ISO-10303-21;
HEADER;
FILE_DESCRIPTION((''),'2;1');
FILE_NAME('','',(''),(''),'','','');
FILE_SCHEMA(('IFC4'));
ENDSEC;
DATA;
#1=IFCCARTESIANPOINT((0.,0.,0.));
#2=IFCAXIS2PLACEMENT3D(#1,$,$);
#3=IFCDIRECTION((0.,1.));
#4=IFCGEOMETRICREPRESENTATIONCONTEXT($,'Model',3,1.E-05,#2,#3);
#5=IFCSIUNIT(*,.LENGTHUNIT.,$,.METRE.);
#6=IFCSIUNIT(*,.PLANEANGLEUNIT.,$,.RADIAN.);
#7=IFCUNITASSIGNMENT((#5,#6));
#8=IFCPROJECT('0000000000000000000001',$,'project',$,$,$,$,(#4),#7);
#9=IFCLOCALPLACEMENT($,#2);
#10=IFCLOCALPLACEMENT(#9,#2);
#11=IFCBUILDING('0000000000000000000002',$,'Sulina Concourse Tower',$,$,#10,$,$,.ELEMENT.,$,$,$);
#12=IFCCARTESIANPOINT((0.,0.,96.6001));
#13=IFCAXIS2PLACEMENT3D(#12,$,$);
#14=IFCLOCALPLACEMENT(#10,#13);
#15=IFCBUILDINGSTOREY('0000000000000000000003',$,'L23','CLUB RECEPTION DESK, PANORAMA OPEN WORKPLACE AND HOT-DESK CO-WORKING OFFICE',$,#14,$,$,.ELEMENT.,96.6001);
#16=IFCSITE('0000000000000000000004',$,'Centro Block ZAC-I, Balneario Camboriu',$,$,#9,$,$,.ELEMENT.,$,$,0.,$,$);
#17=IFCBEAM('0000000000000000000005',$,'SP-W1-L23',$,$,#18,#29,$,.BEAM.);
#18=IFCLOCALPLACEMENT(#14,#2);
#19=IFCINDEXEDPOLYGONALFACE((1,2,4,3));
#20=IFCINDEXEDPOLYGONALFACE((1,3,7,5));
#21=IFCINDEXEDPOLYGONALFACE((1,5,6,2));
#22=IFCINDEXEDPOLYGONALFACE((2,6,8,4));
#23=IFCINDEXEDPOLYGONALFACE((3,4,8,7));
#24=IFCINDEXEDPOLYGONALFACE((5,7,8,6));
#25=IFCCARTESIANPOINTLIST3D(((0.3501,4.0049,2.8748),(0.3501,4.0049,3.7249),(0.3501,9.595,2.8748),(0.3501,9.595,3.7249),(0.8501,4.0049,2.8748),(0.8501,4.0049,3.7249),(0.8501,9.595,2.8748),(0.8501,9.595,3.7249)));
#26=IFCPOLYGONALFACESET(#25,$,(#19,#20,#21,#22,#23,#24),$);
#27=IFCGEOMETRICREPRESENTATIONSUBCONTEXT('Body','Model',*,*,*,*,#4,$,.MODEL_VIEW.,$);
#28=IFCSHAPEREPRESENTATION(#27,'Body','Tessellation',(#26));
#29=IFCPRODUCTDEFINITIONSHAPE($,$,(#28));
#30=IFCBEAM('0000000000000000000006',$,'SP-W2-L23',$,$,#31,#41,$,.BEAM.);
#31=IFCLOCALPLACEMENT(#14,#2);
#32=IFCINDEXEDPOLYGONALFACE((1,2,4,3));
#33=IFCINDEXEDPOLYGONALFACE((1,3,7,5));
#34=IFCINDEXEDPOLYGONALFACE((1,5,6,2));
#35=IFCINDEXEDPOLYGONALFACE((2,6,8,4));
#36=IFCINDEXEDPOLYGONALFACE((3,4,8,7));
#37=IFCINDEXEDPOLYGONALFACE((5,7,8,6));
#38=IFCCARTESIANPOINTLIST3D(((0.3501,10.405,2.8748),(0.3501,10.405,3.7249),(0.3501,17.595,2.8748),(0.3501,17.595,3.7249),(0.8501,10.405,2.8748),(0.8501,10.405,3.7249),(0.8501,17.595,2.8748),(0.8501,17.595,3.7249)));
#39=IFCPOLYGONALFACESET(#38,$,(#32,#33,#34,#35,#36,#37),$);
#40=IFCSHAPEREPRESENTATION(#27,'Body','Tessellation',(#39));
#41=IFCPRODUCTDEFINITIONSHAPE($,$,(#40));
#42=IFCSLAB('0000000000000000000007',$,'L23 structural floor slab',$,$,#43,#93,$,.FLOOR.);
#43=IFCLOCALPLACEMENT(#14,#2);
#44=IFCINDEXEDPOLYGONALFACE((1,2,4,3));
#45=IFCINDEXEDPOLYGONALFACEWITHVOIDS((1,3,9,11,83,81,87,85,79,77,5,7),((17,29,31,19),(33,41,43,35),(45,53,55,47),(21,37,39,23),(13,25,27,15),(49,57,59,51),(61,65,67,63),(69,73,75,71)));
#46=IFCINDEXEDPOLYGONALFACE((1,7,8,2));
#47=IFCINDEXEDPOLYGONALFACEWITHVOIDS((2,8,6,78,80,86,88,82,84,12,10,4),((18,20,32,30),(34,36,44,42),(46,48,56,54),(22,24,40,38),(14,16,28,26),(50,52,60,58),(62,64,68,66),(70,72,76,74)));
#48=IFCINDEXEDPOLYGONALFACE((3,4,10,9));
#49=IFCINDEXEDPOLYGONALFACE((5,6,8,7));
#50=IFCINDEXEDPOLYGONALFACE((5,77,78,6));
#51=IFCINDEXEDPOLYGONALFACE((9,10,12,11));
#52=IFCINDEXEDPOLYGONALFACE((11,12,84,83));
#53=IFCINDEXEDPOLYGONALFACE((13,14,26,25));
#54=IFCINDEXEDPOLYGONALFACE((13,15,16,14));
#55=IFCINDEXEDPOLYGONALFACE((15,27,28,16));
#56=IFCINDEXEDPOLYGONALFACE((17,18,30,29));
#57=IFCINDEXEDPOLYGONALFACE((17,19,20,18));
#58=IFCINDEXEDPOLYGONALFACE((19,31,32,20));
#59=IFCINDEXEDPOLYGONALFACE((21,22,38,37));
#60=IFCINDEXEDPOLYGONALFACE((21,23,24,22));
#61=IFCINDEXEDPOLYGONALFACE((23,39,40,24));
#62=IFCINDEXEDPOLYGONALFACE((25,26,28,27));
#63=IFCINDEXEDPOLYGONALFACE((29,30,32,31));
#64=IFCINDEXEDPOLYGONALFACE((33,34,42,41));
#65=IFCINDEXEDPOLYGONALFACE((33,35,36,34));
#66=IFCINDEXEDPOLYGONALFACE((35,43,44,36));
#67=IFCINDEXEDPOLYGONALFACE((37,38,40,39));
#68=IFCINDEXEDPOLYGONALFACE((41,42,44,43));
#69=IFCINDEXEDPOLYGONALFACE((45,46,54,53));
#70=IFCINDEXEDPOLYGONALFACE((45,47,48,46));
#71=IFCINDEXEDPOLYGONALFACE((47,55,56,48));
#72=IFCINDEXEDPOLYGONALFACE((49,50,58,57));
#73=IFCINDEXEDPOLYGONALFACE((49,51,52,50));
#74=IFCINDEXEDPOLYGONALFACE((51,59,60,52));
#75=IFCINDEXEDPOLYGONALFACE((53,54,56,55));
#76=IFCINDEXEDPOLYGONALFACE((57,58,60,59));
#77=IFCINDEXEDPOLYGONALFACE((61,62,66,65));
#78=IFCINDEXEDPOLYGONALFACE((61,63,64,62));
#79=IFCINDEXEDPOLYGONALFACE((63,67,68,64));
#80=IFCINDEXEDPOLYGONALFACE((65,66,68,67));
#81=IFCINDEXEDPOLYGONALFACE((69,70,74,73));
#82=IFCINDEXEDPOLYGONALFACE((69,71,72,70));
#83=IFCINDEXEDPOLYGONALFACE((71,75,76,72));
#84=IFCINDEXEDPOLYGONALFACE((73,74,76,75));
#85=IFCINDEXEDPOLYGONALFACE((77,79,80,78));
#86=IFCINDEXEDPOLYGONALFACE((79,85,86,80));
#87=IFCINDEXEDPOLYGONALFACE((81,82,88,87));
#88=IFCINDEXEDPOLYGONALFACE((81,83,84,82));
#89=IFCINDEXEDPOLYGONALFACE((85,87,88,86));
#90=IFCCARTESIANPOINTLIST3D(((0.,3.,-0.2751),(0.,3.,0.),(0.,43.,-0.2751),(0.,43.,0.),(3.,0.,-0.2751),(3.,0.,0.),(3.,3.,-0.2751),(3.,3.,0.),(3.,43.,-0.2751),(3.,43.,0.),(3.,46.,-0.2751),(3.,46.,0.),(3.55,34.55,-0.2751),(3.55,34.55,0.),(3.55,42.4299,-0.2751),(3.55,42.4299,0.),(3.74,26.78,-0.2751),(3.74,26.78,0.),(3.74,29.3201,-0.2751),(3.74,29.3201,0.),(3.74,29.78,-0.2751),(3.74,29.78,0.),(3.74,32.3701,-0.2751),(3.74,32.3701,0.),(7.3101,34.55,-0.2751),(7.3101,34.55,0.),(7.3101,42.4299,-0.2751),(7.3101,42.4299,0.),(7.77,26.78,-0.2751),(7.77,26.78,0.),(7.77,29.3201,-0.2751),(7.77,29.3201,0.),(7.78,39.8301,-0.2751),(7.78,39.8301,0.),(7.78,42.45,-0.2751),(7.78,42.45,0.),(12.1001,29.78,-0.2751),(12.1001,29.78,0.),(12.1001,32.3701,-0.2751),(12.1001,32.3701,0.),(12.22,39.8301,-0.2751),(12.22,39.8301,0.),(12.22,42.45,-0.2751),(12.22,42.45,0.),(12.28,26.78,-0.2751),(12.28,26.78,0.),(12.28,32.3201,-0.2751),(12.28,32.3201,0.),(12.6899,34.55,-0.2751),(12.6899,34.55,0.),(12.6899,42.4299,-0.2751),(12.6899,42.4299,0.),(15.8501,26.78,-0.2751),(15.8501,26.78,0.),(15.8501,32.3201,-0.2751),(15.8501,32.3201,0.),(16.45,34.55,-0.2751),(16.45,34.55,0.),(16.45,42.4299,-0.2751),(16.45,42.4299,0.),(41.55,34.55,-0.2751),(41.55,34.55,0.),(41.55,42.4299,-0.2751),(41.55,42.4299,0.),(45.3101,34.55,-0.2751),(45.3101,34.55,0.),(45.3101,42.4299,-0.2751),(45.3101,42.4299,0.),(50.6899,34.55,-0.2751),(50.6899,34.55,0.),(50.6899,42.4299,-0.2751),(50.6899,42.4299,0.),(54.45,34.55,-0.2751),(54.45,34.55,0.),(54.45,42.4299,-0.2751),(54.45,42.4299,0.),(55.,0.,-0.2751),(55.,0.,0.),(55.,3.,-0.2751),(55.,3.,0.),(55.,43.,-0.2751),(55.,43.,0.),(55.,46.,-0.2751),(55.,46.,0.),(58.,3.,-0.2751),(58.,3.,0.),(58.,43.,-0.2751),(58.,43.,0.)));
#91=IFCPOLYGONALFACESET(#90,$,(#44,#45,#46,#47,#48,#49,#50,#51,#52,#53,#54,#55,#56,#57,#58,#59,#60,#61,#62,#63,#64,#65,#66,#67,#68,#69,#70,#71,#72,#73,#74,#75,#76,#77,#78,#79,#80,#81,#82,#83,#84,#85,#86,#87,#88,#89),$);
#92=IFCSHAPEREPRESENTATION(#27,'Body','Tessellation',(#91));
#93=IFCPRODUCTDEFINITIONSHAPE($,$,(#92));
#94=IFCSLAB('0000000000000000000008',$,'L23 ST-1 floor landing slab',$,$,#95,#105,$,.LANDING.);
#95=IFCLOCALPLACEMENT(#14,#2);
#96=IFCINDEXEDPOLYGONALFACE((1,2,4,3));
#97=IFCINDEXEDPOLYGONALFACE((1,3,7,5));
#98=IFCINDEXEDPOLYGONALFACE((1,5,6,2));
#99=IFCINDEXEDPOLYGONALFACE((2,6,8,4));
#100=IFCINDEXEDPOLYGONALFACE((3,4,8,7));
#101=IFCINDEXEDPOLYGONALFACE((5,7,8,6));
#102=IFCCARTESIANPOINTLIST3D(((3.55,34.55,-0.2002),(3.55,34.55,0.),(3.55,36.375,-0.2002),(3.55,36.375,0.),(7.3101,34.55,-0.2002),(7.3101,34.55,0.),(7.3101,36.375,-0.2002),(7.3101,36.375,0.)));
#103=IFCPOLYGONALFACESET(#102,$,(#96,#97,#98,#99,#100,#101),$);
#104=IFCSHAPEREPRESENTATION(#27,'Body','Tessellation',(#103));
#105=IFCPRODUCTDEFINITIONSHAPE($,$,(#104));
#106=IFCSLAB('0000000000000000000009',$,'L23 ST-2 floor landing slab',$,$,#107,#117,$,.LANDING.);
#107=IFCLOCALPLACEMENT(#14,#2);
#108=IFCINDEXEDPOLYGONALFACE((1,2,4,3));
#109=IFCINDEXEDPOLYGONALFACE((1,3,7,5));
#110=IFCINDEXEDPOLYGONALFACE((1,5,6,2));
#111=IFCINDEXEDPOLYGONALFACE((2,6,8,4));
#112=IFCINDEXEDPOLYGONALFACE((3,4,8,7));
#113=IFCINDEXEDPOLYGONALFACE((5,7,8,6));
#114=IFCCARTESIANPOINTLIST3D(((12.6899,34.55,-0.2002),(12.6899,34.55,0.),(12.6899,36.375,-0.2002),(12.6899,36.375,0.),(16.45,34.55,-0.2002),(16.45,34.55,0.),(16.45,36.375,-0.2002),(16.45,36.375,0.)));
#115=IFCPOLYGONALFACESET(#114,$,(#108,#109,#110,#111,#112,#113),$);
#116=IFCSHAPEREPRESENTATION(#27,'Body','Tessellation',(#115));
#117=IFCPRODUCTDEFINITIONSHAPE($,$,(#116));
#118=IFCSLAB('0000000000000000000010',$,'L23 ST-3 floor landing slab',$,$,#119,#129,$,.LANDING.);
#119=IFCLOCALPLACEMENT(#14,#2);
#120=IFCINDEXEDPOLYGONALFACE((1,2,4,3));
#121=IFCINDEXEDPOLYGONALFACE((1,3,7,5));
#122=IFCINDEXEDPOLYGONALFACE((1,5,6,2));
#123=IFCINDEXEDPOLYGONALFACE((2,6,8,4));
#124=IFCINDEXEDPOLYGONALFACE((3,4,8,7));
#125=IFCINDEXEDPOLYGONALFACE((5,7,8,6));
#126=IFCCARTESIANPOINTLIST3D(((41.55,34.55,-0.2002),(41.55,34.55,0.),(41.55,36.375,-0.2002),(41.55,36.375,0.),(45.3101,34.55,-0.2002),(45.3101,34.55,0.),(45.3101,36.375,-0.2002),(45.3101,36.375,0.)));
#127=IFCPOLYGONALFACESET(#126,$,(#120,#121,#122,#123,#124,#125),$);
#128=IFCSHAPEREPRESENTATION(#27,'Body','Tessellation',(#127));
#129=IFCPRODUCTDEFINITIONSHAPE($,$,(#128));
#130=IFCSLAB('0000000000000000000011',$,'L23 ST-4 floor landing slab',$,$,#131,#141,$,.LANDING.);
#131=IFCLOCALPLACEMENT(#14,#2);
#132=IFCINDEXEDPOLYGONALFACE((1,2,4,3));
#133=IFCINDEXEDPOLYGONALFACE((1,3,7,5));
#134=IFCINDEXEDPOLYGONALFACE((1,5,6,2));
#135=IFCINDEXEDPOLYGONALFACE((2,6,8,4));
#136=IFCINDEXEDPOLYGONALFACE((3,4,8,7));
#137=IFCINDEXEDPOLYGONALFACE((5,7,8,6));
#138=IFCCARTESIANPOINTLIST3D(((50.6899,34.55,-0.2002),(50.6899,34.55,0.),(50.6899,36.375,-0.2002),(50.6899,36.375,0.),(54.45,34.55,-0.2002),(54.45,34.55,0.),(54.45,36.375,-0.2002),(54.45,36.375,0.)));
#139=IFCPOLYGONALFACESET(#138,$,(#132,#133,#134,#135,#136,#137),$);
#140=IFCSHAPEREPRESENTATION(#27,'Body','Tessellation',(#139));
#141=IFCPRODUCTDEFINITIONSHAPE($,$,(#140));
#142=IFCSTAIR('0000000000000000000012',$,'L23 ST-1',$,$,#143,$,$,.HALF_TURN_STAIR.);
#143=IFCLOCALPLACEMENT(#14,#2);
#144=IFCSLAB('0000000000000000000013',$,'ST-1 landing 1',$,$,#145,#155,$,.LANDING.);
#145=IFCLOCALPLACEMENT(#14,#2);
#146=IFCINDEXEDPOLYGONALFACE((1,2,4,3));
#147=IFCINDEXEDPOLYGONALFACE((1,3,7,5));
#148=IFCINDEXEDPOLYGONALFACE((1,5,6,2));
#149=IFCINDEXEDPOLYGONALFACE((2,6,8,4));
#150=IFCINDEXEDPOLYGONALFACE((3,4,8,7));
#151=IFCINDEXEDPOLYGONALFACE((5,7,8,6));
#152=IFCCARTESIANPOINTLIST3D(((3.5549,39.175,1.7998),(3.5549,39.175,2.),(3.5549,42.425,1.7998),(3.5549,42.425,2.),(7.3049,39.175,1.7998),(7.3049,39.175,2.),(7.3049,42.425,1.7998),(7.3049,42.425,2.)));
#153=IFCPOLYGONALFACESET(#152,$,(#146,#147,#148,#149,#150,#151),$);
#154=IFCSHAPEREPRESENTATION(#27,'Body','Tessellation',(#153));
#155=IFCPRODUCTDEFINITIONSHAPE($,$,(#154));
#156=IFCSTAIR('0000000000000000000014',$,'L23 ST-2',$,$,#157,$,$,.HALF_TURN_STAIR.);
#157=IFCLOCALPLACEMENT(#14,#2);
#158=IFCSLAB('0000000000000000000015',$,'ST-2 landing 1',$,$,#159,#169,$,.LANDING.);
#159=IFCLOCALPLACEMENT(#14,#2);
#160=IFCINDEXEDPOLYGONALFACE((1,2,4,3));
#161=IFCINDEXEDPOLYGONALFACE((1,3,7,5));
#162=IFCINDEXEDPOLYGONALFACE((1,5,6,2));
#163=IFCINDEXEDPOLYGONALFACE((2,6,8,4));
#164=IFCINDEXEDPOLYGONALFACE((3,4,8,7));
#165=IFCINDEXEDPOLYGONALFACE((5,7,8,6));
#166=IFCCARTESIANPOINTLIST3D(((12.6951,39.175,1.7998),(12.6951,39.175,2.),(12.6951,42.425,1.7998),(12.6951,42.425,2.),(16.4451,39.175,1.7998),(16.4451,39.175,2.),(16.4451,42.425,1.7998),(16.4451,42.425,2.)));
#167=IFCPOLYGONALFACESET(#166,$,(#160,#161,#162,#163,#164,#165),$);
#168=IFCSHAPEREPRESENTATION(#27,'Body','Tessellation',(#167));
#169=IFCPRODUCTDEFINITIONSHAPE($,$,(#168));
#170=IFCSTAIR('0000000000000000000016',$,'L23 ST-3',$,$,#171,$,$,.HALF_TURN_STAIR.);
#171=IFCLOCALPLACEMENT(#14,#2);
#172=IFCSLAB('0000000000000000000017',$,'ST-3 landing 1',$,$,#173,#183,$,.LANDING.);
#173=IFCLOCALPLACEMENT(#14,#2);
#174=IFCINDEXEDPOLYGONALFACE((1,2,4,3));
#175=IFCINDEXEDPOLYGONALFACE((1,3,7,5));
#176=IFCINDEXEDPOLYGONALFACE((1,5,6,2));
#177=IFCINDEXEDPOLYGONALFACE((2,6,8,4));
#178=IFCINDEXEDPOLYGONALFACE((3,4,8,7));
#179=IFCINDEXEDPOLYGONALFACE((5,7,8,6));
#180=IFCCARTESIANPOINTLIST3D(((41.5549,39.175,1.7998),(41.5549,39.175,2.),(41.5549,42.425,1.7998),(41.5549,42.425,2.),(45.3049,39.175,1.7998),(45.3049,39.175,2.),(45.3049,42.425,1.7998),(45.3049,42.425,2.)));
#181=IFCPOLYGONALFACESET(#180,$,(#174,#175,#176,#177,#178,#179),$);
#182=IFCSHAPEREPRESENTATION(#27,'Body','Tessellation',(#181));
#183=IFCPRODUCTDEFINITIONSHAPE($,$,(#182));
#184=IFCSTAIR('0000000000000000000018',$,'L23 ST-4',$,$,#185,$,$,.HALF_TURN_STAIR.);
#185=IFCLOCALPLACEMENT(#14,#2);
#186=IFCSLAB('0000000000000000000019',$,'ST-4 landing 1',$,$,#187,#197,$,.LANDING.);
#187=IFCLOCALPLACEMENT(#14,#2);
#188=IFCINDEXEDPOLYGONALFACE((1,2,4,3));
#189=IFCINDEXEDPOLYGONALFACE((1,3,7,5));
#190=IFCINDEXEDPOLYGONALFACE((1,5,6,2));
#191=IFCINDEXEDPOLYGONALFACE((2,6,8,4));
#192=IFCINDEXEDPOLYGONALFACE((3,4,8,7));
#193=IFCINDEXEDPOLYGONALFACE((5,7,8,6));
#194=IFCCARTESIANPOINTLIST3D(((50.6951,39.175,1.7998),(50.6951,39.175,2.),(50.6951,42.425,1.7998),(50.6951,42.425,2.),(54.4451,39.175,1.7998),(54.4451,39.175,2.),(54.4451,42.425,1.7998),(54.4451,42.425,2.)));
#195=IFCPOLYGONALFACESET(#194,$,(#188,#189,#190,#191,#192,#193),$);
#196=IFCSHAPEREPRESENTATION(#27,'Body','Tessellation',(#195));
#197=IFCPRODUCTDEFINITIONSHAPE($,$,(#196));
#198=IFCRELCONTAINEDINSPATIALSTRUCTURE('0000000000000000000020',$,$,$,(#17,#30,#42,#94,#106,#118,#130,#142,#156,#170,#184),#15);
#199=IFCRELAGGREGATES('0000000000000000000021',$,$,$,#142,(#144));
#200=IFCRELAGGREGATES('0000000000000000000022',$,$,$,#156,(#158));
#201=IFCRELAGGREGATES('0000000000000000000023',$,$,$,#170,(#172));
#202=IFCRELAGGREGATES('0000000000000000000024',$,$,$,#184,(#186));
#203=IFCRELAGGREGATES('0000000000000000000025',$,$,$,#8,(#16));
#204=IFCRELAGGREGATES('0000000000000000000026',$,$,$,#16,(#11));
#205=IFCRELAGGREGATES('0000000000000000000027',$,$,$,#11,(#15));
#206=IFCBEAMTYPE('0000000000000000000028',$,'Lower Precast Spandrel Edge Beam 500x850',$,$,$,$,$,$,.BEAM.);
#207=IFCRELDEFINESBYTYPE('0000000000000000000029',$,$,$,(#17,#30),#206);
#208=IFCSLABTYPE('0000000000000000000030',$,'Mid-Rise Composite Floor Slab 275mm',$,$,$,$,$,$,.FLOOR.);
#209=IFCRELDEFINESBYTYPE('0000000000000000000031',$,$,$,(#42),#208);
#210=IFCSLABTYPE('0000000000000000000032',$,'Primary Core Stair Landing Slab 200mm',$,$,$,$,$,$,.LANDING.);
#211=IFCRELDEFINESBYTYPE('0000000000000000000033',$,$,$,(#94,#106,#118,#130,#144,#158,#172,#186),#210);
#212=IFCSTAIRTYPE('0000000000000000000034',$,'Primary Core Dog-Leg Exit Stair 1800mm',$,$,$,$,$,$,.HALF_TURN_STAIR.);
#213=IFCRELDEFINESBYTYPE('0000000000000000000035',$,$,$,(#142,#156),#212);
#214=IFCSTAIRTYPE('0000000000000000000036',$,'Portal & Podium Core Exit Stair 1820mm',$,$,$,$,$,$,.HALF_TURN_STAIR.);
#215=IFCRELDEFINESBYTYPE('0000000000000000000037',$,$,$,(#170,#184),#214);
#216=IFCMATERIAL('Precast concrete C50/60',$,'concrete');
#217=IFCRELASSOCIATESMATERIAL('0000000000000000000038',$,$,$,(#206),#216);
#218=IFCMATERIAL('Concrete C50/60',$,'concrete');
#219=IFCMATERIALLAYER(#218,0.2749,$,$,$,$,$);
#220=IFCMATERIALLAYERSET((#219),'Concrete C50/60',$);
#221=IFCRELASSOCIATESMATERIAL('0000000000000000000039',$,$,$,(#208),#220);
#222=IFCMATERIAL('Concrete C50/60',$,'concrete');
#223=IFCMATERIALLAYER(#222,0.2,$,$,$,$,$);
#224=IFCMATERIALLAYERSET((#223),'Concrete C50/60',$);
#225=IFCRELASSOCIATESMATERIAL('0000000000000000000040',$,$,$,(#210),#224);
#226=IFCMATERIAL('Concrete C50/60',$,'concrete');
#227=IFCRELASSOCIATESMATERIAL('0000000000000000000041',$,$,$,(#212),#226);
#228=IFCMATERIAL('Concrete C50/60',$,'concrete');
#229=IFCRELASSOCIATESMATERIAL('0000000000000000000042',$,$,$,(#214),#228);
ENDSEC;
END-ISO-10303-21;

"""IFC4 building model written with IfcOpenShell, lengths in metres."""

from ifc_helpers import new_model, si_unit, direction, frame, origin, origin_2d, place, context, subcontext, project, spatial, polyline, rectangle, outline, extrude, material, layer, layer_set, material_profile, profile_set, type_object, element, aggregate, save


model = new_model("IFC4")

# Units and contexts
model_context = context("Model", 3, precision=1e-05, world=origin(), true_north=direction((0.0, 1.0)))
body_context = subcontext(model_context, "Body", "Model", "MODEL_VIEW")
ifc_project = project(units=[si_unit("LENGTHUNIT", "METRE"), si_unit("PLANEANGLEUNIT", "RADIAN")], contexts=[model_context])

# Site, building, storey
site_placement = place(None, origin())
site = spatial("IfcSite", under=ifc_project, at=site_placement, Name="Centro Block ZAC-I, Balneario Camboriu", CompositionType="ELEMENT", RefElevation=0.0)
building_placement = place(site_placement, origin())
building = spatial("IfcBuilding", under=site, at=building_placement, Name="Sulina Concourse Tower", CompositionType="ELEMENT")
storey_placement = place(building_placement, frame((0.0, 0.0, 96.6001)))
storey = spatial("IfcBuildingStorey", under=building, at=storey_placement, Name="L23", Description="CLUB RECEPTION DESK, PANORAMA OPEN WORKPLACE AND HOT-DESK CO-WORKING OFFICE", CompositionType="ELEMENT", Elevation=96.6001)

# Beams
ifc_material_1 = material(Name="Precast concrete C50/60", Category="concrete")
ifc_material_profile_1 = material_profile(ifc_material_1, rectangle(XDim=0.5, YDim=0.8501, at=origin_2d()), Name="RC 500x850")
ifc_profile_set_1 = profile_set([ifc_material_profile_1], Name="Precast concrete C50/60")
beam_type_1 = type_object("IfcBeamType", Name="Lower Precast Spandrel Edge Beam 500x850", PredefinedType="BEAM", material=ifc_profile_set_1)
beam_1_placement = place(storey_placement, frame((0.6001, 4.0049, 3.2998), z_axis=(0.0, 1.0, 0.0), x_axis=(-1.0, 0.0, 0.0)))
element("IfcBeam", 1, at=beam_1_placement, inside=storey, type_object=beam_type_1, Name="SP-W1-L23", PredefinedType="BEAM", context=body_context, shape_type="SweptSolid", body=[
    extrude(rectangle(XDim=0.5, YDim=0.8501, at=origin_2d()), origin(), (0.0, 0.0, 1.0), 5.5901),
])
beam_2_placement = place(storey_placement, frame((0.6001, 10.405, 3.2998), z_axis=(0.0, 1.0, 0.0), x_axis=(-1.0, 0.0, 0.0)))
element("IfcBeam", 2, at=beam_2_placement, inside=storey, type_object=beam_type_1, Name="SP-W2-L23", PredefinedType="BEAM", context=body_context, shape_type="SweptSolid", body=[
    extrude(rectangle(XDim=0.5, YDim=0.8501, at=origin_2d()), origin(), (0.0, 0.0, 1.0), 7.1899),
])

# Slabs
ifc_material_2 = material(Name="Concrete C50/60", Category="concrete")
ifc_layer_1 = layer(ifc_material_2, 0.2749)
ifc_layer_set_1 = layer_set([ifc_layer_1], Name="Concrete C50/60")
slab_type_1 = type_object("IfcSlabType", Name="Mid-Rise Composite Floor Slab 275mm", PredefinedType="FLOOR", material=ifc_layer_set_1)
slab_1_placement = place(storey_placement, frame((0.0, 0.0, -0.2751)))
element("IfcSlab", 3, at=slab_1_placement, inside=storey, type_object=slab_type_1, Name="L23 structural floor slab", PredefinedType="FLOOR", context=body_context, shape_type="SweptSolid", body=[
    extrude(outline(polyline([(3.0, 0.0), (55.0, 0.0), (55.0, 3.0), (58.0, 3.0), (58.0, 43.0), (55.0, 43.0), (55.0, 46.0), (3.0, 46.0), (3.0, 43.0), (0.0, 43.0), (0.0, 3.0), (3.0, 3.0), (3.0, 0.0)]), holes=[polyline([(7.3101, 34.55), (7.3101, 42.4299), (3.55, 42.4299), (3.55, 34.55), (7.3101, 34.55)]), polyline([(16.45, 34.55), (16.45, 42.4299), (12.6899, 42.4299), (12.6899, 34.55), (16.45, 34.55)]), polyline([(45.3101, 34.55), (45.3101, 42.4299), (41.55, 42.4299), (41.55, 34.55), (45.3101, 34.55)]), polyline([(54.45, 34.55), (54.45, 42.4299), (50.6899, 42.4299), (50.6899, 34.55), (54.45, 34.55)]), polyline([(7.78, 39.8301), (12.22, 39.8301), (12.22, 42.45), (7.78, 42.45), (7.78, 39.8301)]), polyline([(3.74, 26.78), (7.77, 26.78), (7.77, 29.3201), (3.74, 29.3201), (3.74, 26.78)]), polyline([(3.74, 29.78), (12.1001, 29.78), (12.1001, 32.3701), (3.74, 32.3701), (3.74, 29.78)]), polyline([(12.28, 26.78), (15.8501, 26.78), (15.8501, 32.3201), (12.28, 32.3201), (12.28, 26.78)])]), origin(), (0.0, 0.0, 1.0), 0.2751),
])
ifc_material_3 = material(Name="Concrete C50/60", Category="concrete")
ifc_layer_2 = layer(ifc_material_3, 0.2)
ifc_layer_set_2 = layer_set([ifc_layer_2], Name="Concrete C50/60")
slab_type_2 = type_object("IfcSlabType", Name="Primary Core Stair Landing Slab 200mm", PredefinedType="LANDING", material=ifc_layer_set_2)
slab_2_placement = place(storey_placement, frame((0.0, 0.0, -0.2002)))
element("IfcSlab", 4, at=slab_2_placement, inside=storey, type_object=slab_type_2, Name="L23 ST-1 floor landing slab", PredefinedType="LANDING", context=body_context, shape_type="SweptSolid", body=[
    extrude(outline(polyline([(7.3101, 34.55), (7.3101, 36.375), (3.55, 36.375), (3.55, 34.55), (7.3101, 34.55)])), origin(), (0.0, 0.0, 1.0), 0.2002),
])
slab_3_placement = place(storey_placement, frame((0.0, 0.0, -0.2002)))
element("IfcSlab", 5, at=slab_3_placement, inside=storey, type_object=slab_type_2, Name="L23 ST-2 floor landing slab", PredefinedType="LANDING", context=body_context, shape_type="SweptSolid", body=[
    extrude(outline(polyline([(16.45, 34.55), (16.45, 36.375), (12.6899, 36.375), (12.6899, 34.55), (16.45, 34.55)])), origin(), (0.0, 0.0, 1.0), 0.2002),
])
slab_4_placement = place(storey_placement, frame((0.0, 0.0, -0.2002)))
element("IfcSlab", 6, at=slab_4_placement, inside=storey, type_object=slab_type_2, Name="L23 ST-3 floor landing slab", PredefinedType="LANDING", context=body_context, shape_type="SweptSolid", body=[
    extrude(outline(polyline([(45.3101, 34.55), (45.3101, 36.375), (41.55, 36.375), (41.55, 34.55), (45.3101, 34.55)])), origin(), (0.0, 0.0, 1.0), 0.2002),
])
slab_5_placement = place(storey_placement, frame((0.0, 0.0, -0.2002)))
element("IfcSlab", 7, at=slab_5_placement, inside=storey, type_object=slab_type_2, Name="L23 ST-4 floor landing slab", PredefinedType="LANDING", context=body_context, shape_type="SweptSolid", body=[
    extrude(outline(polyline([(54.45, 34.55), (54.45, 36.375), (50.6899, 36.375), (50.6899, 34.55), (54.45, 34.55)])), origin(), (0.0, 0.0, 1.0), 0.2002),
])

# Stairs, slabs
ifc_material_4 = material(Name="Concrete C50/60", Category="concrete")
stair_type_1 = type_object("IfcStairType", Name="Primary Core Dog-Leg Exit Stair 1800mm", PredefinedType="HALF_TURN_STAIR", material=ifc_material_4)
stair_1_placement = place(storey_placement, origin())
stair_1 = element("IfcStair", 8, at=stair_1_placement, inside=storey, type_object=stair_type_1, Name="L23 ST-1", PredefinedType="HALF_TURN_STAIR")
slab_6_placement = place(storey_placement, frame((0.0, 0.0, 1.7998)))
slab_6 = element("IfcSlab", 9, at=slab_6_placement, type_object=slab_type_2, Name="ST-1 landing 1", PredefinedType="LANDING", context=body_context, shape_type="SweptSolid", body=[
    extrude(outline(polyline([(7.3049, 39.175), (7.3049, 42.425), (3.5549, 42.425), (3.5549, 39.175), (7.3049, 39.175)])), origin(), (0.0, 0.0, 1.0), 0.2002),
])
aggregate(stair_1, [slab_6])
stair_2_placement = place(storey_placement, origin())
stair_2 = element("IfcStair", 10, at=stair_2_placement, inside=storey, type_object=stair_type_1, Name="L23 ST-2", PredefinedType="HALF_TURN_STAIR")
slab_7_placement = place(storey_placement, frame((0.0, 0.0, 1.7998)))
slab_7 = element("IfcSlab", 11, at=slab_7_placement, type_object=slab_type_2, Name="ST-2 landing 1", PredefinedType="LANDING", context=body_context, shape_type="SweptSolid", body=[
    extrude(outline(polyline([(16.4451, 39.175), (16.4451, 42.425), (12.6951, 42.425), (12.6951, 39.175), (16.4451, 39.175)])), origin(), (0.0, 0.0, 1.0), 0.2002),
])
aggregate(stair_2, [slab_7])
ifc_material_5 = material(Name="Concrete C50/60", Category="concrete")
stair_type_2 = type_object("IfcStairType", Name="Portal & Podium Core Exit Stair 1820mm", PredefinedType="HALF_TURN_STAIR", material=ifc_material_5)
stair_3_placement = place(storey_placement, origin())
stair_3 = element("IfcStair", 12, at=stair_3_placement, inside=storey, type_object=stair_type_2, Name="L23 ST-3", PredefinedType="HALF_TURN_STAIR")
slab_8_placement = place(storey_placement, frame((0.0, 0.0, 1.7998)))
slab_8 = element("IfcSlab", 13, at=slab_8_placement, type_object=slab_type_2, Name="ST-3 landing 1", PredefinedType="LANDING", context=body_context, shape_type="SweptSolid", body=[
    extrude(outline(polyline([(45.3049, 39.175), (45.3049, 42.425), (41.5549, 42.425), (41.5549, 39.175), (45.3049, 39.175)])), origin(), (0.0, 0.0, 1.0), 0.2002),
])
aggregate(stair_3, [slab_8])
stair_4_placement = place(storey_placement, origin())
stair_4 = element("IfcStair", 14, at=stair_4_placement, inside=storey, type_object=stair_type_2, Name="L23 ST-4", PredefinedType="HALF_TURN_STAIR")
slab_9_placement = place(storey_placement, frame((0.0, 0.0, 1.7998)))
slab_9 = element("IfcSlab", 15, at=slab_9_placement, type_object=slab_type_2, Name="ST-4 landing 1", PredefinedType="LANDING", context=body_context, shape_type="SweptSolid", body=[
    extrude(outline(polyline([(54.4451, 39.175), (54.4451, 42.425), (50.6951, 42.425), (50.6951, 39.175), (54.4451, 39.175)])), origin(), (0.0, 0.0, 1.0), 0.2002),
])
aggregate(stair_4, [slab_9])

save(model, "model.ifc")
